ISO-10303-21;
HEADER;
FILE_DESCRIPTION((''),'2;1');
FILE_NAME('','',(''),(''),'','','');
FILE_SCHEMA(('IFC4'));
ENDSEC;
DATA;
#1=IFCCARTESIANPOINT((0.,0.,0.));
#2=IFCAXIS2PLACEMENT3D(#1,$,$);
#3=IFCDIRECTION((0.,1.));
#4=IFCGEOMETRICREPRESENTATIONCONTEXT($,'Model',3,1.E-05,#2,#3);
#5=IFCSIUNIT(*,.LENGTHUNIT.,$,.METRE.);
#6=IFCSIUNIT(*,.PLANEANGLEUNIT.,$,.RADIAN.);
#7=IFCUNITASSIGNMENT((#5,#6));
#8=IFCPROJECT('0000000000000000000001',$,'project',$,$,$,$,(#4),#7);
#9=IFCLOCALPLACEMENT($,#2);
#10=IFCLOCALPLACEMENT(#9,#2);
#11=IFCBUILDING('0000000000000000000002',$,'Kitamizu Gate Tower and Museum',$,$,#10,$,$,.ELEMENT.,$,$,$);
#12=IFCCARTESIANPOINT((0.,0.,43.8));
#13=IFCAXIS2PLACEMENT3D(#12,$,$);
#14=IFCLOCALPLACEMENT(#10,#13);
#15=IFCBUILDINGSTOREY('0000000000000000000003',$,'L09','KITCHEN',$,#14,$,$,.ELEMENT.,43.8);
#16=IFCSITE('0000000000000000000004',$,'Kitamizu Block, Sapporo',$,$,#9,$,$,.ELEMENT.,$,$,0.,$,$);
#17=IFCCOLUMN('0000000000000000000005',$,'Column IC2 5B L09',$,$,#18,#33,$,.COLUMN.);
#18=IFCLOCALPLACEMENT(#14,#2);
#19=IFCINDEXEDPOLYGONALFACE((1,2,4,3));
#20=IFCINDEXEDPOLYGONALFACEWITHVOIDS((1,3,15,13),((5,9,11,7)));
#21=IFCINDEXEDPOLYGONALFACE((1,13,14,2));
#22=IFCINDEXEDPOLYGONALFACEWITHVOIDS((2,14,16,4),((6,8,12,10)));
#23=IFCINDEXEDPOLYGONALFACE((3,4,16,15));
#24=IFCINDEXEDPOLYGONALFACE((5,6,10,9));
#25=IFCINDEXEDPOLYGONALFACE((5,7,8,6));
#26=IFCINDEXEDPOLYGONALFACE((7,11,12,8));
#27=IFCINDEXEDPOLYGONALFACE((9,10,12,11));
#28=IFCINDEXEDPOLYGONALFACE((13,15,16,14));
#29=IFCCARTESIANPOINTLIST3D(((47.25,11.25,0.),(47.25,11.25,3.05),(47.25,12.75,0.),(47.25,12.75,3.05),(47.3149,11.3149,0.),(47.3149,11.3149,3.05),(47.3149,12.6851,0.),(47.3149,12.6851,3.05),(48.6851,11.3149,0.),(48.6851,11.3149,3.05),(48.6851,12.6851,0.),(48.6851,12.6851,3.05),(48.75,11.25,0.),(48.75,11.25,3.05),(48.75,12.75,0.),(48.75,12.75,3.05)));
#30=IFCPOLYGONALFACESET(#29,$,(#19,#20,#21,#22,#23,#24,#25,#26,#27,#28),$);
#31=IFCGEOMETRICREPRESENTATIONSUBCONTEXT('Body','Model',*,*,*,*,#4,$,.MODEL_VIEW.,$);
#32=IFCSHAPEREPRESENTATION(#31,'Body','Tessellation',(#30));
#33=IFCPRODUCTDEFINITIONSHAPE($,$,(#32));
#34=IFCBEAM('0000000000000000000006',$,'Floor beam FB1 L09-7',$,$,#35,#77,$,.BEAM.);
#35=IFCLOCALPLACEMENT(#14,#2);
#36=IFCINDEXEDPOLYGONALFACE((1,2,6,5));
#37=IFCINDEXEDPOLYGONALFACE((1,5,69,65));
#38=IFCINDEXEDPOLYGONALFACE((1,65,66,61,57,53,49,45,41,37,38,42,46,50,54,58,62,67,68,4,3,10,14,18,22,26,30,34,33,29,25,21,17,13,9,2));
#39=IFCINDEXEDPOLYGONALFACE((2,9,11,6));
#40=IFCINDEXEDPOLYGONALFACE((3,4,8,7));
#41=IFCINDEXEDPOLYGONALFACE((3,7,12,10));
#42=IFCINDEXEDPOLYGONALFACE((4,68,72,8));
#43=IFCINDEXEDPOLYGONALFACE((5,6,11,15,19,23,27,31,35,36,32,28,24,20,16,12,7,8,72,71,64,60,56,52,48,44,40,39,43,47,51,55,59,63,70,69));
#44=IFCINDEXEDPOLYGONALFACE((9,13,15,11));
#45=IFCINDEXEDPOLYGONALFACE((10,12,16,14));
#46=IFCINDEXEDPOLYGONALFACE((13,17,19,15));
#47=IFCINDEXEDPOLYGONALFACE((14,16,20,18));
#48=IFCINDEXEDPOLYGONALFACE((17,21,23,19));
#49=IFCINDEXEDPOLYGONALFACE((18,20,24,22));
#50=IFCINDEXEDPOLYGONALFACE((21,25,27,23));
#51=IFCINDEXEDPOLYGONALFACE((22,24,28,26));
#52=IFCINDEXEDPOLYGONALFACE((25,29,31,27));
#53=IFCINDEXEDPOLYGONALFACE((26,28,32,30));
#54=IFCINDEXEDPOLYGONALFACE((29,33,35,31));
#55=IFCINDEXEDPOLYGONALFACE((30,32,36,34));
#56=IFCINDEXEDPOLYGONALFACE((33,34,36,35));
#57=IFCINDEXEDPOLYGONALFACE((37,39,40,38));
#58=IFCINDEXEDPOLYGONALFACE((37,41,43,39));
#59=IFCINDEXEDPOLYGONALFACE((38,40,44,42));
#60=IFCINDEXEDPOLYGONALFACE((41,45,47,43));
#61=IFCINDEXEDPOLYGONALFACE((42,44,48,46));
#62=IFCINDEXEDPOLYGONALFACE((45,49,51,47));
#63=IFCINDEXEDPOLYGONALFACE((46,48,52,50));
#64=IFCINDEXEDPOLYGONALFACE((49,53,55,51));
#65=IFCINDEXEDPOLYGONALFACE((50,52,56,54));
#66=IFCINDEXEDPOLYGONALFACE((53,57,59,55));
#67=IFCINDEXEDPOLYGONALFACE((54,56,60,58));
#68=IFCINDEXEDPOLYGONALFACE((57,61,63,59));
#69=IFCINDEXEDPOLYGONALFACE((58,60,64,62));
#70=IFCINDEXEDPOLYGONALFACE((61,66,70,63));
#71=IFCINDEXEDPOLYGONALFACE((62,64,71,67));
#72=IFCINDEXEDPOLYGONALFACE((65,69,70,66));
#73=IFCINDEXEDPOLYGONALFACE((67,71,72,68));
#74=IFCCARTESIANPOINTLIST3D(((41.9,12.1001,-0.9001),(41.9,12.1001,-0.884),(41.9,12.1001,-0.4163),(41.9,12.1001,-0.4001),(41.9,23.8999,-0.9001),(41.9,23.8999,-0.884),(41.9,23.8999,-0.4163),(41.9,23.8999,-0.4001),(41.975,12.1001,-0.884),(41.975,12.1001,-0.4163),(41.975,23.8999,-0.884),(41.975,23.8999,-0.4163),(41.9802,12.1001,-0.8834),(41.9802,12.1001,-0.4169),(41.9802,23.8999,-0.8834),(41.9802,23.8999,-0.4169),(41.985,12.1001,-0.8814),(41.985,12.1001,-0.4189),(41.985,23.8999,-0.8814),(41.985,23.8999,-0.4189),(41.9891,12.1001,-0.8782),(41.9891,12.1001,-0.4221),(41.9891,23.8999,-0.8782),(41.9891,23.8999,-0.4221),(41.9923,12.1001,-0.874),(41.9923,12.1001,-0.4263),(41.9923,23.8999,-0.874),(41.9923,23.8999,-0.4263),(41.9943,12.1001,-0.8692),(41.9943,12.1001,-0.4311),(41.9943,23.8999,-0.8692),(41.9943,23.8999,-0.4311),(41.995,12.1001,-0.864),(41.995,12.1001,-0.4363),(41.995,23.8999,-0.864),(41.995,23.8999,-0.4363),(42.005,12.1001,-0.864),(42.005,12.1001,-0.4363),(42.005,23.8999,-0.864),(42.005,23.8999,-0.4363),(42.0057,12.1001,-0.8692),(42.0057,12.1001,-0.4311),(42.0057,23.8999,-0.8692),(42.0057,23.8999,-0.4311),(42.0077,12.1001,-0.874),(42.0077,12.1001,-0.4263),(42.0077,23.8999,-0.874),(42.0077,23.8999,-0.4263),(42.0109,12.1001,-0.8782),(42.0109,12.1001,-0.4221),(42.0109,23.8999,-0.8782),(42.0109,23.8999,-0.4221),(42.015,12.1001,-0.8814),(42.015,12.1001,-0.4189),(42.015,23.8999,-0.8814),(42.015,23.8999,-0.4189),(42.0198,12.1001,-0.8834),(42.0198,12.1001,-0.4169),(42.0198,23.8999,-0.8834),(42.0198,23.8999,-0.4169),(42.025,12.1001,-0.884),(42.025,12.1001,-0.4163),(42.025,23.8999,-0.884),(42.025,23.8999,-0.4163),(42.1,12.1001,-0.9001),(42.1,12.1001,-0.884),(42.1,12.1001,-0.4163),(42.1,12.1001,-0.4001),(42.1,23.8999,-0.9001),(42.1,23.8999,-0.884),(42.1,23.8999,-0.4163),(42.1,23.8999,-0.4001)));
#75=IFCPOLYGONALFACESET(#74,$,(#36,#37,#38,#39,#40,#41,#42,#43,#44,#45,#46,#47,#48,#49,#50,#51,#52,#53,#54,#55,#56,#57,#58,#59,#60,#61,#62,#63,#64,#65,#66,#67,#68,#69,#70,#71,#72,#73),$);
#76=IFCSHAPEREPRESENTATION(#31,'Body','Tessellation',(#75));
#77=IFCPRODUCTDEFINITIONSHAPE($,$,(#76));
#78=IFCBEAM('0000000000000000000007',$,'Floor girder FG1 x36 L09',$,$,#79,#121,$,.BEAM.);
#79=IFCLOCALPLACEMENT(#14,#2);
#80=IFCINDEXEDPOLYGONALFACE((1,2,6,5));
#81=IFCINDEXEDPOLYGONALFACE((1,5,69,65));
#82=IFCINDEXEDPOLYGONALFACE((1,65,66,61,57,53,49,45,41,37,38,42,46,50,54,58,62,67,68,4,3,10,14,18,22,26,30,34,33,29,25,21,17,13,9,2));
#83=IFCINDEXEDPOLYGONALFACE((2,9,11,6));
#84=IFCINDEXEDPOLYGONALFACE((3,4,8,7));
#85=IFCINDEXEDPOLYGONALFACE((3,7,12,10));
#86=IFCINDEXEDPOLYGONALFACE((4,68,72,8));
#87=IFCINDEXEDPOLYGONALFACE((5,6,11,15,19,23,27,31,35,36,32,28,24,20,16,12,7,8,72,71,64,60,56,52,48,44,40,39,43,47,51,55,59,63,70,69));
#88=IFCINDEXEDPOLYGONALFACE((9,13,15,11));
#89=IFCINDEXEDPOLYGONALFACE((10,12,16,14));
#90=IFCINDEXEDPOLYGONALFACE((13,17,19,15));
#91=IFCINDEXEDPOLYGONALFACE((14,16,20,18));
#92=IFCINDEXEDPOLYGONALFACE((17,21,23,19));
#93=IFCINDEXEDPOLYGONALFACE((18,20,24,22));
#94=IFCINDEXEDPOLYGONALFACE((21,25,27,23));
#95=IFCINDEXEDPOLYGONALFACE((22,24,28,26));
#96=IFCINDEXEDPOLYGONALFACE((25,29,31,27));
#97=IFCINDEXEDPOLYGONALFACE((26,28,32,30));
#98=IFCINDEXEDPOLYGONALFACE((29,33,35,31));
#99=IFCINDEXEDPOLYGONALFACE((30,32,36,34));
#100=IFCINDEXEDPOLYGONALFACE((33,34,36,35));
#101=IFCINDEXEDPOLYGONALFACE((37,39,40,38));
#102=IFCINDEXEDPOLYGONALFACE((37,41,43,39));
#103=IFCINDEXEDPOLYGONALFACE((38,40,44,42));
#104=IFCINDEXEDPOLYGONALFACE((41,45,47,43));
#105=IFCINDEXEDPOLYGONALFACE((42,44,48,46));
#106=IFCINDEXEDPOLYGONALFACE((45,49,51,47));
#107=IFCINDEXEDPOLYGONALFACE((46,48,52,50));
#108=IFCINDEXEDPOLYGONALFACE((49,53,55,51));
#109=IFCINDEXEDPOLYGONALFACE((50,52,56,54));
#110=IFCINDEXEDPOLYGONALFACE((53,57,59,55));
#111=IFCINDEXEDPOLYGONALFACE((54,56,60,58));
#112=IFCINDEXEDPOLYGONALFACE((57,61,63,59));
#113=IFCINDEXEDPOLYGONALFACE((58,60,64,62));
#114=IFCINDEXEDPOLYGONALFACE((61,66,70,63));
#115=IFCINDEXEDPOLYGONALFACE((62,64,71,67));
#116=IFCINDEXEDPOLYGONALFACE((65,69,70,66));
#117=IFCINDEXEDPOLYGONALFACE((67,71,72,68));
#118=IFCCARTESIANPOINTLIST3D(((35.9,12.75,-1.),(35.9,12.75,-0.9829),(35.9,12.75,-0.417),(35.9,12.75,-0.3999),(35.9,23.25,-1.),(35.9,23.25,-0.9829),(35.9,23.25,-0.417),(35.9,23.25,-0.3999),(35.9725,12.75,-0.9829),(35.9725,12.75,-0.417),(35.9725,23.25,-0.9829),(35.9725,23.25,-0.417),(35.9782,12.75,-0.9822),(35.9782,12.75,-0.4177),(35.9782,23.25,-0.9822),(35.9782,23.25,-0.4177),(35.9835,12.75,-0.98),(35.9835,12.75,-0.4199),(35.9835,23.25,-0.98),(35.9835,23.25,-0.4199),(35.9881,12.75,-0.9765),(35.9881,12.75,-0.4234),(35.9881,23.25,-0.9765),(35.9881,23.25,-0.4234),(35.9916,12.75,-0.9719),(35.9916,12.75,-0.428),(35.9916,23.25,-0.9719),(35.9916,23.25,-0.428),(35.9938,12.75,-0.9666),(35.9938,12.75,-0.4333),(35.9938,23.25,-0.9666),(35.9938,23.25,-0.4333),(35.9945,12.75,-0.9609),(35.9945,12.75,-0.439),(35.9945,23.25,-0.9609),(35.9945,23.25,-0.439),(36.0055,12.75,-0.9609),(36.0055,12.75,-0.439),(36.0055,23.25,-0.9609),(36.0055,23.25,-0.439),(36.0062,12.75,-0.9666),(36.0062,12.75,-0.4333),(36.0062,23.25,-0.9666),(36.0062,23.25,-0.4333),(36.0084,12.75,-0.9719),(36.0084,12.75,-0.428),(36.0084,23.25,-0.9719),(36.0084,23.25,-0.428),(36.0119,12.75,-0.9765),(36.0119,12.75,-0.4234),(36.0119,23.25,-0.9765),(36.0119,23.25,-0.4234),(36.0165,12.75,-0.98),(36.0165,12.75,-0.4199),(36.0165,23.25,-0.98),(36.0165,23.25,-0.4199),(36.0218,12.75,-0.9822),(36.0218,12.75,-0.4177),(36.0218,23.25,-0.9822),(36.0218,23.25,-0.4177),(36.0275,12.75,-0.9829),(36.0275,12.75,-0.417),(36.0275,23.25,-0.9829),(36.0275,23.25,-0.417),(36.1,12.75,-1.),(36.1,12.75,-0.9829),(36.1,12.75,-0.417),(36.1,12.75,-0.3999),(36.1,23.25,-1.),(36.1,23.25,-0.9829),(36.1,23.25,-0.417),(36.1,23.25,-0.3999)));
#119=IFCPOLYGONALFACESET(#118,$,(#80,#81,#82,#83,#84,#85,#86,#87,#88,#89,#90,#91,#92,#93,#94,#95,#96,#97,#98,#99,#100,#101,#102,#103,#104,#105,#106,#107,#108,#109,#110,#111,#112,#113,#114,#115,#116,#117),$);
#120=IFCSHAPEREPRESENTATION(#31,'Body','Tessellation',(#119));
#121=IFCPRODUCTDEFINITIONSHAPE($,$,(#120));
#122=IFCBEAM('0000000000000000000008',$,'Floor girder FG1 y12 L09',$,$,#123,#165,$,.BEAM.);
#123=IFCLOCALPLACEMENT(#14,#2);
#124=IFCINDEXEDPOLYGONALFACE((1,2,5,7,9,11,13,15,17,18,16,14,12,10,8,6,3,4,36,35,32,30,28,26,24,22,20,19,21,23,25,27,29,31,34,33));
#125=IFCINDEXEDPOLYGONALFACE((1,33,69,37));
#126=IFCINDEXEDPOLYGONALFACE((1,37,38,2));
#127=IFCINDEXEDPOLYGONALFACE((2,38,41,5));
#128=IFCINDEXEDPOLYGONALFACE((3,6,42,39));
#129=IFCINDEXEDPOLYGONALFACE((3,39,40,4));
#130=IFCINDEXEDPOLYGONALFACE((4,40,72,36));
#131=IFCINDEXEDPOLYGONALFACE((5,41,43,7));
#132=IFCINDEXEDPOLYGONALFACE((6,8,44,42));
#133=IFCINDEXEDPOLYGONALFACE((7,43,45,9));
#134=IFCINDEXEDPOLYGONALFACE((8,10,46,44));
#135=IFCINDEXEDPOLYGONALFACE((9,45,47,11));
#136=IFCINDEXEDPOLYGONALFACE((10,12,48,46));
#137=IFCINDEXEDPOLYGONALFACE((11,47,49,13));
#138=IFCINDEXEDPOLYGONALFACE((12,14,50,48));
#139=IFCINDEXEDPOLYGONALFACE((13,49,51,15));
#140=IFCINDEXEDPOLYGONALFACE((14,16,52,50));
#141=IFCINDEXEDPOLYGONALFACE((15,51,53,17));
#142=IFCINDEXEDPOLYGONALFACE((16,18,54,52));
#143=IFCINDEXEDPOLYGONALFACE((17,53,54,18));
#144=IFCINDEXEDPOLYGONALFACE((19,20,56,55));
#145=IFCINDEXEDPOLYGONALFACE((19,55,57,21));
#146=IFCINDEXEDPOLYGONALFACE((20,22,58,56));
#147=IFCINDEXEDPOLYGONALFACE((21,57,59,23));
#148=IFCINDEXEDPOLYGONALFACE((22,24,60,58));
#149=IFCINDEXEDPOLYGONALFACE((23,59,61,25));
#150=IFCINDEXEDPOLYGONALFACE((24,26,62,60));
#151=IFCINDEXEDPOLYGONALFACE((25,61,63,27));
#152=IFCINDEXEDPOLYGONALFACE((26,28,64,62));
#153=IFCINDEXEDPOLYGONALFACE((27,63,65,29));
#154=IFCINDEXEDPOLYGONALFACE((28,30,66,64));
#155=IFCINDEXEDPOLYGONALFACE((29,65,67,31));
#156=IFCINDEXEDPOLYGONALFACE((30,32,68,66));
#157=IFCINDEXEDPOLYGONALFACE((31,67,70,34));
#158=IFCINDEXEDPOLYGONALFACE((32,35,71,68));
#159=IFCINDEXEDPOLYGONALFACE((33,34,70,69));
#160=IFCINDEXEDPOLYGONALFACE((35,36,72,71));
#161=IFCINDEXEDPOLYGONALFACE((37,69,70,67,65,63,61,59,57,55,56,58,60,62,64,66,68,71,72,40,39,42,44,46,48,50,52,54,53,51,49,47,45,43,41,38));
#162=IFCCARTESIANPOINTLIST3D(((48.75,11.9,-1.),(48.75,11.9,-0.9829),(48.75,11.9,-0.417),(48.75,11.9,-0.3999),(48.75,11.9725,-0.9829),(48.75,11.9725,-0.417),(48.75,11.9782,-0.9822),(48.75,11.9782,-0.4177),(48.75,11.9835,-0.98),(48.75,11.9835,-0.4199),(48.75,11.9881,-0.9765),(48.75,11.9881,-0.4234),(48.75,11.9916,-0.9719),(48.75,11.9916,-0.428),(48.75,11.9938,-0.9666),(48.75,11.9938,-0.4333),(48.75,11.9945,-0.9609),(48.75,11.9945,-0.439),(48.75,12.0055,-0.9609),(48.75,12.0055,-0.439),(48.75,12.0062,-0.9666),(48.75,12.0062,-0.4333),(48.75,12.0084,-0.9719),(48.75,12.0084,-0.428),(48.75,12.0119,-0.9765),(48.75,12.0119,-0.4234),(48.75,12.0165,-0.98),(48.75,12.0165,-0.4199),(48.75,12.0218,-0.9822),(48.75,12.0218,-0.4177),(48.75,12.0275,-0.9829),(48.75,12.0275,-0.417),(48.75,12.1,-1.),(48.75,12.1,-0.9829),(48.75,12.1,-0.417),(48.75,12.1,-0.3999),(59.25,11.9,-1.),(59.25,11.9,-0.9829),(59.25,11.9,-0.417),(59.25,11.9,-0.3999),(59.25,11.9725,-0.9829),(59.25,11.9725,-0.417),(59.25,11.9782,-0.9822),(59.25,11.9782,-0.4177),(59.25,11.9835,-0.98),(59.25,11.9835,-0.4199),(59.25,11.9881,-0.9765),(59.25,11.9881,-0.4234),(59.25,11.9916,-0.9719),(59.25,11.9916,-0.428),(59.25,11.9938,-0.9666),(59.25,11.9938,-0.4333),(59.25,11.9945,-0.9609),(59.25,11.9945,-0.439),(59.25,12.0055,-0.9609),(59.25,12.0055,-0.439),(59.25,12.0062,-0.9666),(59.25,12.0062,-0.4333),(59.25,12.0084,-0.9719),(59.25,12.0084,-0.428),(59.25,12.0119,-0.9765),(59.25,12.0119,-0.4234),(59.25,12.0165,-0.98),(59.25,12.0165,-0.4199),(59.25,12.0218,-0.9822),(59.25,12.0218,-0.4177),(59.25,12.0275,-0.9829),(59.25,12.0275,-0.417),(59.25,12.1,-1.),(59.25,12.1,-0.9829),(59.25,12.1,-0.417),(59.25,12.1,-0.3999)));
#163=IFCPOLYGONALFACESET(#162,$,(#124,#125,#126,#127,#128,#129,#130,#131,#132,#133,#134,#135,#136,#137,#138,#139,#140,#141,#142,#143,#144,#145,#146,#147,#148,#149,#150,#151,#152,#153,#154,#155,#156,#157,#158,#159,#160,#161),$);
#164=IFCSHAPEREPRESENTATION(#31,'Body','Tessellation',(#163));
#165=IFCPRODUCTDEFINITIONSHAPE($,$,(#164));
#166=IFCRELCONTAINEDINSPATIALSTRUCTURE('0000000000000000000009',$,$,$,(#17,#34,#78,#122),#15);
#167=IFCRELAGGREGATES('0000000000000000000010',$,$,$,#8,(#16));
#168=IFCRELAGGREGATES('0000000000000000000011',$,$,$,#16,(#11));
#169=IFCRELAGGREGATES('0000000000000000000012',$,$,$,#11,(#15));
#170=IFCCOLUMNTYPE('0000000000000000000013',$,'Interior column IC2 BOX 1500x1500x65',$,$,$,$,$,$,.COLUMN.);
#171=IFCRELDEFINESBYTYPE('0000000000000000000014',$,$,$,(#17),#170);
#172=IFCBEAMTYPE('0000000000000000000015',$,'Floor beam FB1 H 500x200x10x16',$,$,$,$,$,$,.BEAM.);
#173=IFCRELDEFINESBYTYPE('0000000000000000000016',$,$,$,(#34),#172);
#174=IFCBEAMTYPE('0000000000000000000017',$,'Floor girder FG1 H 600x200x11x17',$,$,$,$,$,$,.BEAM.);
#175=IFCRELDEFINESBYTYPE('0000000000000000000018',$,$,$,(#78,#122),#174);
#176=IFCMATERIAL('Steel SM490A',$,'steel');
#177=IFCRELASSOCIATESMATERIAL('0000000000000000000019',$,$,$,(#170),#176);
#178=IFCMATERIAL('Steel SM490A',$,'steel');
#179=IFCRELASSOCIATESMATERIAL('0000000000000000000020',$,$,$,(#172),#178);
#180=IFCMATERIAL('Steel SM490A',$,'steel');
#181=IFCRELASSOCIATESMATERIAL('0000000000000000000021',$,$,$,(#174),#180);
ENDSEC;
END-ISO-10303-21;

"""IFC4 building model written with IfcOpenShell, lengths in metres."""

from ifc_helpers import new_model, si_unit, direction, frame, origin, origin_2d, place, context, subcontext, project, spatial, hollow_rectangle, i_section, extrude, material, material_profile, profile_set, type_object, element, save


model = new_model("IFC4")

# Units and contexts
model_context = context("Model", 3, precision=1e-05, world=origin(), true_north=direction((0.0, 1.0)))
body_context = subcontext(model_context, "Body", "Model", "MODEL_VIEW")
ifc_project = project(units=[si_unit("LENGTHUNIT", "METRE"), si_unit("PLANEANGLEUNIT", "RADIAN")], contexts=[model_context])

# Site, building, storey
site_placement = place(None, origin())
site = spatial("IfcSite", under=ifc_project, at=site_placement, Name="Kitamizu Block, Sapporo", CompositionType="ELEMENT", RefElevation=0.0)
building_placement = place(site_placement, origin())
building = spatial("IfcBuilding", under=site, at=building_placement, Name="Kitamizu Gate Tower and Museum", CompositionType="ELEMENT")
storey_placement = place(building_placement, frame((0.0, 0.0, 43.8)))
storey = spatial("IfcBuildingStorey", under=building, at=storey_placement, Name="L09", Description="KITCHEN", CompositionType="ELEMENT", Elevation=43.8)

# Column
ifc_material_1 = material(Name="Steel SM490A", Category="steel")
ifc_material_profile_1 = material_profile(ifc_material_1, hollow_rectangle(XDim=1.5, YDim=1.5, WallThickness=0.0649, at=origin_2d()), Name="BOX 1500x1500x65")
ifc_profile_set_1 = profile_set([ifc_material_profile_1], Name="Steel SM490A")
column_type = type_object("IfcColumnType", Name="Interior column IC2 BOX 1500x1500x65", PredefinedType="COLUMN", material=ifc_profile_set_1)
column_placement = place(storey_placement, frame((48.0, 12.0, 0.0), z_axis=(0.0, 0.0, 1.0), x_axis=(1.0, 0.0, 0.0)))
element("IfcColumn", 1, at=column_placement, inside=storey, type_object=column_type, Name="Column IC2 5B L09", PredefinedType="COLUMN", context=body_context, shape_type="SweptSolid", body=[
    extrude(hollow_rectangle(XDim=1.5, YDim=1.5, WallThickness=0.0649, at=origin_2d()), origin(), (0.0, 0.0, 1.0), 3.05),
])

# Beams
ifc_material_2 = material(Name="Steel SM490A", Category="steel")
ifc_material_profile_2 = material_profile(ifc_material_2, i_section(OverallWidth=0.2, OverallDepth=0.5, WebThickness=0.01, FlangeThickness=0.0161, FilletRadius=0.02, at=origin_2d()), Name="H-500x200x10x16")
ifc_profile_set_2 = profile_set([ifc_material_profile_2], Name="Steel SM490A")
beam_type_1 = type_object("IfcBeamType", Name="Floor beam FB1 H 500x200x10x16", PredefinedType="BEAM", material=ifc_profile_set_2)
beam_placement = place(storey_placement, frame((42.0, 12.1001, -0.6501), z_axis=(0.0, 1.0, 0.0), x_axis=(-1.0, 0.0, 0.0)))
element("IfcBeam", 2, at=beam_placement, inside=storey, type_object=beam_type_1, Name="Floor beam FB1 L09-7", PredefinedType="BEAM", context=body_context, shape_type="SweptSolid", body=[
    extrude(i_section(OverallWidth=0.2, OverallDepth=0.5, WebThickness=0.01, FlangeThickness=0.0161, FilletRadius=0.02, at=origin_2d()), origin(), (0.0, 0.0, 1.0), 11.7998),
])
ifc_material_3 = material(Name="Steel SM490A", Category="steel")
ifc_material_profile_3 = material_profile(ifc_material_3, i_section(OverallWidth=0.2, OverallDepth=0.6001, WebThickness=0.011, FlangeThickness=0.0171, FilletRadius=0.022, at=origin_2d()), Name="H-600x200x11x17")
ifc_profile_set_3 = profile_set([ifc_material_profile_3], Name="Steel SM490A")
beam_type_2 = type_object("IfcBeamType", Name="Floor girder FG1 H 600x200x11x17", PredefinedType="BEAM", material=ifc_profile_set_3)
for number, where, z_axis, x_axis, name in (
    (3, (36.0, 12.75, -0.7), (0.0, 1.0, 0.0), (-1.0, 0.0, 0.0), "Floor girder FG1 x36 L09"),
    (4, (48.75, 12.0, -0.7), (1.0, 0.0, 0.0), (0.0, 1.0, 0.0), "Floor girder FG1 y12 L09"),
):
    element("IfcBeam", number, at=place(storey_placement, frame(where, z_axis=z_axis, x_axis=x_axis)), inside=storey, type_object=beam_type_2, Name=name, PredefinedType="BEAM", context=body_context, shape_type="SweptSolid", body=[
        extrude(i_section(OverallWidth=0.2, OverallDepth=0.6001, WebThickness=0.011, FlangeThickness=0.0171, FilletRadius=0.022, at=origin_2d()), origin(), (0.0, 0.0, 1.0), 10.5),
    ])

save(model, "model.ifc")
